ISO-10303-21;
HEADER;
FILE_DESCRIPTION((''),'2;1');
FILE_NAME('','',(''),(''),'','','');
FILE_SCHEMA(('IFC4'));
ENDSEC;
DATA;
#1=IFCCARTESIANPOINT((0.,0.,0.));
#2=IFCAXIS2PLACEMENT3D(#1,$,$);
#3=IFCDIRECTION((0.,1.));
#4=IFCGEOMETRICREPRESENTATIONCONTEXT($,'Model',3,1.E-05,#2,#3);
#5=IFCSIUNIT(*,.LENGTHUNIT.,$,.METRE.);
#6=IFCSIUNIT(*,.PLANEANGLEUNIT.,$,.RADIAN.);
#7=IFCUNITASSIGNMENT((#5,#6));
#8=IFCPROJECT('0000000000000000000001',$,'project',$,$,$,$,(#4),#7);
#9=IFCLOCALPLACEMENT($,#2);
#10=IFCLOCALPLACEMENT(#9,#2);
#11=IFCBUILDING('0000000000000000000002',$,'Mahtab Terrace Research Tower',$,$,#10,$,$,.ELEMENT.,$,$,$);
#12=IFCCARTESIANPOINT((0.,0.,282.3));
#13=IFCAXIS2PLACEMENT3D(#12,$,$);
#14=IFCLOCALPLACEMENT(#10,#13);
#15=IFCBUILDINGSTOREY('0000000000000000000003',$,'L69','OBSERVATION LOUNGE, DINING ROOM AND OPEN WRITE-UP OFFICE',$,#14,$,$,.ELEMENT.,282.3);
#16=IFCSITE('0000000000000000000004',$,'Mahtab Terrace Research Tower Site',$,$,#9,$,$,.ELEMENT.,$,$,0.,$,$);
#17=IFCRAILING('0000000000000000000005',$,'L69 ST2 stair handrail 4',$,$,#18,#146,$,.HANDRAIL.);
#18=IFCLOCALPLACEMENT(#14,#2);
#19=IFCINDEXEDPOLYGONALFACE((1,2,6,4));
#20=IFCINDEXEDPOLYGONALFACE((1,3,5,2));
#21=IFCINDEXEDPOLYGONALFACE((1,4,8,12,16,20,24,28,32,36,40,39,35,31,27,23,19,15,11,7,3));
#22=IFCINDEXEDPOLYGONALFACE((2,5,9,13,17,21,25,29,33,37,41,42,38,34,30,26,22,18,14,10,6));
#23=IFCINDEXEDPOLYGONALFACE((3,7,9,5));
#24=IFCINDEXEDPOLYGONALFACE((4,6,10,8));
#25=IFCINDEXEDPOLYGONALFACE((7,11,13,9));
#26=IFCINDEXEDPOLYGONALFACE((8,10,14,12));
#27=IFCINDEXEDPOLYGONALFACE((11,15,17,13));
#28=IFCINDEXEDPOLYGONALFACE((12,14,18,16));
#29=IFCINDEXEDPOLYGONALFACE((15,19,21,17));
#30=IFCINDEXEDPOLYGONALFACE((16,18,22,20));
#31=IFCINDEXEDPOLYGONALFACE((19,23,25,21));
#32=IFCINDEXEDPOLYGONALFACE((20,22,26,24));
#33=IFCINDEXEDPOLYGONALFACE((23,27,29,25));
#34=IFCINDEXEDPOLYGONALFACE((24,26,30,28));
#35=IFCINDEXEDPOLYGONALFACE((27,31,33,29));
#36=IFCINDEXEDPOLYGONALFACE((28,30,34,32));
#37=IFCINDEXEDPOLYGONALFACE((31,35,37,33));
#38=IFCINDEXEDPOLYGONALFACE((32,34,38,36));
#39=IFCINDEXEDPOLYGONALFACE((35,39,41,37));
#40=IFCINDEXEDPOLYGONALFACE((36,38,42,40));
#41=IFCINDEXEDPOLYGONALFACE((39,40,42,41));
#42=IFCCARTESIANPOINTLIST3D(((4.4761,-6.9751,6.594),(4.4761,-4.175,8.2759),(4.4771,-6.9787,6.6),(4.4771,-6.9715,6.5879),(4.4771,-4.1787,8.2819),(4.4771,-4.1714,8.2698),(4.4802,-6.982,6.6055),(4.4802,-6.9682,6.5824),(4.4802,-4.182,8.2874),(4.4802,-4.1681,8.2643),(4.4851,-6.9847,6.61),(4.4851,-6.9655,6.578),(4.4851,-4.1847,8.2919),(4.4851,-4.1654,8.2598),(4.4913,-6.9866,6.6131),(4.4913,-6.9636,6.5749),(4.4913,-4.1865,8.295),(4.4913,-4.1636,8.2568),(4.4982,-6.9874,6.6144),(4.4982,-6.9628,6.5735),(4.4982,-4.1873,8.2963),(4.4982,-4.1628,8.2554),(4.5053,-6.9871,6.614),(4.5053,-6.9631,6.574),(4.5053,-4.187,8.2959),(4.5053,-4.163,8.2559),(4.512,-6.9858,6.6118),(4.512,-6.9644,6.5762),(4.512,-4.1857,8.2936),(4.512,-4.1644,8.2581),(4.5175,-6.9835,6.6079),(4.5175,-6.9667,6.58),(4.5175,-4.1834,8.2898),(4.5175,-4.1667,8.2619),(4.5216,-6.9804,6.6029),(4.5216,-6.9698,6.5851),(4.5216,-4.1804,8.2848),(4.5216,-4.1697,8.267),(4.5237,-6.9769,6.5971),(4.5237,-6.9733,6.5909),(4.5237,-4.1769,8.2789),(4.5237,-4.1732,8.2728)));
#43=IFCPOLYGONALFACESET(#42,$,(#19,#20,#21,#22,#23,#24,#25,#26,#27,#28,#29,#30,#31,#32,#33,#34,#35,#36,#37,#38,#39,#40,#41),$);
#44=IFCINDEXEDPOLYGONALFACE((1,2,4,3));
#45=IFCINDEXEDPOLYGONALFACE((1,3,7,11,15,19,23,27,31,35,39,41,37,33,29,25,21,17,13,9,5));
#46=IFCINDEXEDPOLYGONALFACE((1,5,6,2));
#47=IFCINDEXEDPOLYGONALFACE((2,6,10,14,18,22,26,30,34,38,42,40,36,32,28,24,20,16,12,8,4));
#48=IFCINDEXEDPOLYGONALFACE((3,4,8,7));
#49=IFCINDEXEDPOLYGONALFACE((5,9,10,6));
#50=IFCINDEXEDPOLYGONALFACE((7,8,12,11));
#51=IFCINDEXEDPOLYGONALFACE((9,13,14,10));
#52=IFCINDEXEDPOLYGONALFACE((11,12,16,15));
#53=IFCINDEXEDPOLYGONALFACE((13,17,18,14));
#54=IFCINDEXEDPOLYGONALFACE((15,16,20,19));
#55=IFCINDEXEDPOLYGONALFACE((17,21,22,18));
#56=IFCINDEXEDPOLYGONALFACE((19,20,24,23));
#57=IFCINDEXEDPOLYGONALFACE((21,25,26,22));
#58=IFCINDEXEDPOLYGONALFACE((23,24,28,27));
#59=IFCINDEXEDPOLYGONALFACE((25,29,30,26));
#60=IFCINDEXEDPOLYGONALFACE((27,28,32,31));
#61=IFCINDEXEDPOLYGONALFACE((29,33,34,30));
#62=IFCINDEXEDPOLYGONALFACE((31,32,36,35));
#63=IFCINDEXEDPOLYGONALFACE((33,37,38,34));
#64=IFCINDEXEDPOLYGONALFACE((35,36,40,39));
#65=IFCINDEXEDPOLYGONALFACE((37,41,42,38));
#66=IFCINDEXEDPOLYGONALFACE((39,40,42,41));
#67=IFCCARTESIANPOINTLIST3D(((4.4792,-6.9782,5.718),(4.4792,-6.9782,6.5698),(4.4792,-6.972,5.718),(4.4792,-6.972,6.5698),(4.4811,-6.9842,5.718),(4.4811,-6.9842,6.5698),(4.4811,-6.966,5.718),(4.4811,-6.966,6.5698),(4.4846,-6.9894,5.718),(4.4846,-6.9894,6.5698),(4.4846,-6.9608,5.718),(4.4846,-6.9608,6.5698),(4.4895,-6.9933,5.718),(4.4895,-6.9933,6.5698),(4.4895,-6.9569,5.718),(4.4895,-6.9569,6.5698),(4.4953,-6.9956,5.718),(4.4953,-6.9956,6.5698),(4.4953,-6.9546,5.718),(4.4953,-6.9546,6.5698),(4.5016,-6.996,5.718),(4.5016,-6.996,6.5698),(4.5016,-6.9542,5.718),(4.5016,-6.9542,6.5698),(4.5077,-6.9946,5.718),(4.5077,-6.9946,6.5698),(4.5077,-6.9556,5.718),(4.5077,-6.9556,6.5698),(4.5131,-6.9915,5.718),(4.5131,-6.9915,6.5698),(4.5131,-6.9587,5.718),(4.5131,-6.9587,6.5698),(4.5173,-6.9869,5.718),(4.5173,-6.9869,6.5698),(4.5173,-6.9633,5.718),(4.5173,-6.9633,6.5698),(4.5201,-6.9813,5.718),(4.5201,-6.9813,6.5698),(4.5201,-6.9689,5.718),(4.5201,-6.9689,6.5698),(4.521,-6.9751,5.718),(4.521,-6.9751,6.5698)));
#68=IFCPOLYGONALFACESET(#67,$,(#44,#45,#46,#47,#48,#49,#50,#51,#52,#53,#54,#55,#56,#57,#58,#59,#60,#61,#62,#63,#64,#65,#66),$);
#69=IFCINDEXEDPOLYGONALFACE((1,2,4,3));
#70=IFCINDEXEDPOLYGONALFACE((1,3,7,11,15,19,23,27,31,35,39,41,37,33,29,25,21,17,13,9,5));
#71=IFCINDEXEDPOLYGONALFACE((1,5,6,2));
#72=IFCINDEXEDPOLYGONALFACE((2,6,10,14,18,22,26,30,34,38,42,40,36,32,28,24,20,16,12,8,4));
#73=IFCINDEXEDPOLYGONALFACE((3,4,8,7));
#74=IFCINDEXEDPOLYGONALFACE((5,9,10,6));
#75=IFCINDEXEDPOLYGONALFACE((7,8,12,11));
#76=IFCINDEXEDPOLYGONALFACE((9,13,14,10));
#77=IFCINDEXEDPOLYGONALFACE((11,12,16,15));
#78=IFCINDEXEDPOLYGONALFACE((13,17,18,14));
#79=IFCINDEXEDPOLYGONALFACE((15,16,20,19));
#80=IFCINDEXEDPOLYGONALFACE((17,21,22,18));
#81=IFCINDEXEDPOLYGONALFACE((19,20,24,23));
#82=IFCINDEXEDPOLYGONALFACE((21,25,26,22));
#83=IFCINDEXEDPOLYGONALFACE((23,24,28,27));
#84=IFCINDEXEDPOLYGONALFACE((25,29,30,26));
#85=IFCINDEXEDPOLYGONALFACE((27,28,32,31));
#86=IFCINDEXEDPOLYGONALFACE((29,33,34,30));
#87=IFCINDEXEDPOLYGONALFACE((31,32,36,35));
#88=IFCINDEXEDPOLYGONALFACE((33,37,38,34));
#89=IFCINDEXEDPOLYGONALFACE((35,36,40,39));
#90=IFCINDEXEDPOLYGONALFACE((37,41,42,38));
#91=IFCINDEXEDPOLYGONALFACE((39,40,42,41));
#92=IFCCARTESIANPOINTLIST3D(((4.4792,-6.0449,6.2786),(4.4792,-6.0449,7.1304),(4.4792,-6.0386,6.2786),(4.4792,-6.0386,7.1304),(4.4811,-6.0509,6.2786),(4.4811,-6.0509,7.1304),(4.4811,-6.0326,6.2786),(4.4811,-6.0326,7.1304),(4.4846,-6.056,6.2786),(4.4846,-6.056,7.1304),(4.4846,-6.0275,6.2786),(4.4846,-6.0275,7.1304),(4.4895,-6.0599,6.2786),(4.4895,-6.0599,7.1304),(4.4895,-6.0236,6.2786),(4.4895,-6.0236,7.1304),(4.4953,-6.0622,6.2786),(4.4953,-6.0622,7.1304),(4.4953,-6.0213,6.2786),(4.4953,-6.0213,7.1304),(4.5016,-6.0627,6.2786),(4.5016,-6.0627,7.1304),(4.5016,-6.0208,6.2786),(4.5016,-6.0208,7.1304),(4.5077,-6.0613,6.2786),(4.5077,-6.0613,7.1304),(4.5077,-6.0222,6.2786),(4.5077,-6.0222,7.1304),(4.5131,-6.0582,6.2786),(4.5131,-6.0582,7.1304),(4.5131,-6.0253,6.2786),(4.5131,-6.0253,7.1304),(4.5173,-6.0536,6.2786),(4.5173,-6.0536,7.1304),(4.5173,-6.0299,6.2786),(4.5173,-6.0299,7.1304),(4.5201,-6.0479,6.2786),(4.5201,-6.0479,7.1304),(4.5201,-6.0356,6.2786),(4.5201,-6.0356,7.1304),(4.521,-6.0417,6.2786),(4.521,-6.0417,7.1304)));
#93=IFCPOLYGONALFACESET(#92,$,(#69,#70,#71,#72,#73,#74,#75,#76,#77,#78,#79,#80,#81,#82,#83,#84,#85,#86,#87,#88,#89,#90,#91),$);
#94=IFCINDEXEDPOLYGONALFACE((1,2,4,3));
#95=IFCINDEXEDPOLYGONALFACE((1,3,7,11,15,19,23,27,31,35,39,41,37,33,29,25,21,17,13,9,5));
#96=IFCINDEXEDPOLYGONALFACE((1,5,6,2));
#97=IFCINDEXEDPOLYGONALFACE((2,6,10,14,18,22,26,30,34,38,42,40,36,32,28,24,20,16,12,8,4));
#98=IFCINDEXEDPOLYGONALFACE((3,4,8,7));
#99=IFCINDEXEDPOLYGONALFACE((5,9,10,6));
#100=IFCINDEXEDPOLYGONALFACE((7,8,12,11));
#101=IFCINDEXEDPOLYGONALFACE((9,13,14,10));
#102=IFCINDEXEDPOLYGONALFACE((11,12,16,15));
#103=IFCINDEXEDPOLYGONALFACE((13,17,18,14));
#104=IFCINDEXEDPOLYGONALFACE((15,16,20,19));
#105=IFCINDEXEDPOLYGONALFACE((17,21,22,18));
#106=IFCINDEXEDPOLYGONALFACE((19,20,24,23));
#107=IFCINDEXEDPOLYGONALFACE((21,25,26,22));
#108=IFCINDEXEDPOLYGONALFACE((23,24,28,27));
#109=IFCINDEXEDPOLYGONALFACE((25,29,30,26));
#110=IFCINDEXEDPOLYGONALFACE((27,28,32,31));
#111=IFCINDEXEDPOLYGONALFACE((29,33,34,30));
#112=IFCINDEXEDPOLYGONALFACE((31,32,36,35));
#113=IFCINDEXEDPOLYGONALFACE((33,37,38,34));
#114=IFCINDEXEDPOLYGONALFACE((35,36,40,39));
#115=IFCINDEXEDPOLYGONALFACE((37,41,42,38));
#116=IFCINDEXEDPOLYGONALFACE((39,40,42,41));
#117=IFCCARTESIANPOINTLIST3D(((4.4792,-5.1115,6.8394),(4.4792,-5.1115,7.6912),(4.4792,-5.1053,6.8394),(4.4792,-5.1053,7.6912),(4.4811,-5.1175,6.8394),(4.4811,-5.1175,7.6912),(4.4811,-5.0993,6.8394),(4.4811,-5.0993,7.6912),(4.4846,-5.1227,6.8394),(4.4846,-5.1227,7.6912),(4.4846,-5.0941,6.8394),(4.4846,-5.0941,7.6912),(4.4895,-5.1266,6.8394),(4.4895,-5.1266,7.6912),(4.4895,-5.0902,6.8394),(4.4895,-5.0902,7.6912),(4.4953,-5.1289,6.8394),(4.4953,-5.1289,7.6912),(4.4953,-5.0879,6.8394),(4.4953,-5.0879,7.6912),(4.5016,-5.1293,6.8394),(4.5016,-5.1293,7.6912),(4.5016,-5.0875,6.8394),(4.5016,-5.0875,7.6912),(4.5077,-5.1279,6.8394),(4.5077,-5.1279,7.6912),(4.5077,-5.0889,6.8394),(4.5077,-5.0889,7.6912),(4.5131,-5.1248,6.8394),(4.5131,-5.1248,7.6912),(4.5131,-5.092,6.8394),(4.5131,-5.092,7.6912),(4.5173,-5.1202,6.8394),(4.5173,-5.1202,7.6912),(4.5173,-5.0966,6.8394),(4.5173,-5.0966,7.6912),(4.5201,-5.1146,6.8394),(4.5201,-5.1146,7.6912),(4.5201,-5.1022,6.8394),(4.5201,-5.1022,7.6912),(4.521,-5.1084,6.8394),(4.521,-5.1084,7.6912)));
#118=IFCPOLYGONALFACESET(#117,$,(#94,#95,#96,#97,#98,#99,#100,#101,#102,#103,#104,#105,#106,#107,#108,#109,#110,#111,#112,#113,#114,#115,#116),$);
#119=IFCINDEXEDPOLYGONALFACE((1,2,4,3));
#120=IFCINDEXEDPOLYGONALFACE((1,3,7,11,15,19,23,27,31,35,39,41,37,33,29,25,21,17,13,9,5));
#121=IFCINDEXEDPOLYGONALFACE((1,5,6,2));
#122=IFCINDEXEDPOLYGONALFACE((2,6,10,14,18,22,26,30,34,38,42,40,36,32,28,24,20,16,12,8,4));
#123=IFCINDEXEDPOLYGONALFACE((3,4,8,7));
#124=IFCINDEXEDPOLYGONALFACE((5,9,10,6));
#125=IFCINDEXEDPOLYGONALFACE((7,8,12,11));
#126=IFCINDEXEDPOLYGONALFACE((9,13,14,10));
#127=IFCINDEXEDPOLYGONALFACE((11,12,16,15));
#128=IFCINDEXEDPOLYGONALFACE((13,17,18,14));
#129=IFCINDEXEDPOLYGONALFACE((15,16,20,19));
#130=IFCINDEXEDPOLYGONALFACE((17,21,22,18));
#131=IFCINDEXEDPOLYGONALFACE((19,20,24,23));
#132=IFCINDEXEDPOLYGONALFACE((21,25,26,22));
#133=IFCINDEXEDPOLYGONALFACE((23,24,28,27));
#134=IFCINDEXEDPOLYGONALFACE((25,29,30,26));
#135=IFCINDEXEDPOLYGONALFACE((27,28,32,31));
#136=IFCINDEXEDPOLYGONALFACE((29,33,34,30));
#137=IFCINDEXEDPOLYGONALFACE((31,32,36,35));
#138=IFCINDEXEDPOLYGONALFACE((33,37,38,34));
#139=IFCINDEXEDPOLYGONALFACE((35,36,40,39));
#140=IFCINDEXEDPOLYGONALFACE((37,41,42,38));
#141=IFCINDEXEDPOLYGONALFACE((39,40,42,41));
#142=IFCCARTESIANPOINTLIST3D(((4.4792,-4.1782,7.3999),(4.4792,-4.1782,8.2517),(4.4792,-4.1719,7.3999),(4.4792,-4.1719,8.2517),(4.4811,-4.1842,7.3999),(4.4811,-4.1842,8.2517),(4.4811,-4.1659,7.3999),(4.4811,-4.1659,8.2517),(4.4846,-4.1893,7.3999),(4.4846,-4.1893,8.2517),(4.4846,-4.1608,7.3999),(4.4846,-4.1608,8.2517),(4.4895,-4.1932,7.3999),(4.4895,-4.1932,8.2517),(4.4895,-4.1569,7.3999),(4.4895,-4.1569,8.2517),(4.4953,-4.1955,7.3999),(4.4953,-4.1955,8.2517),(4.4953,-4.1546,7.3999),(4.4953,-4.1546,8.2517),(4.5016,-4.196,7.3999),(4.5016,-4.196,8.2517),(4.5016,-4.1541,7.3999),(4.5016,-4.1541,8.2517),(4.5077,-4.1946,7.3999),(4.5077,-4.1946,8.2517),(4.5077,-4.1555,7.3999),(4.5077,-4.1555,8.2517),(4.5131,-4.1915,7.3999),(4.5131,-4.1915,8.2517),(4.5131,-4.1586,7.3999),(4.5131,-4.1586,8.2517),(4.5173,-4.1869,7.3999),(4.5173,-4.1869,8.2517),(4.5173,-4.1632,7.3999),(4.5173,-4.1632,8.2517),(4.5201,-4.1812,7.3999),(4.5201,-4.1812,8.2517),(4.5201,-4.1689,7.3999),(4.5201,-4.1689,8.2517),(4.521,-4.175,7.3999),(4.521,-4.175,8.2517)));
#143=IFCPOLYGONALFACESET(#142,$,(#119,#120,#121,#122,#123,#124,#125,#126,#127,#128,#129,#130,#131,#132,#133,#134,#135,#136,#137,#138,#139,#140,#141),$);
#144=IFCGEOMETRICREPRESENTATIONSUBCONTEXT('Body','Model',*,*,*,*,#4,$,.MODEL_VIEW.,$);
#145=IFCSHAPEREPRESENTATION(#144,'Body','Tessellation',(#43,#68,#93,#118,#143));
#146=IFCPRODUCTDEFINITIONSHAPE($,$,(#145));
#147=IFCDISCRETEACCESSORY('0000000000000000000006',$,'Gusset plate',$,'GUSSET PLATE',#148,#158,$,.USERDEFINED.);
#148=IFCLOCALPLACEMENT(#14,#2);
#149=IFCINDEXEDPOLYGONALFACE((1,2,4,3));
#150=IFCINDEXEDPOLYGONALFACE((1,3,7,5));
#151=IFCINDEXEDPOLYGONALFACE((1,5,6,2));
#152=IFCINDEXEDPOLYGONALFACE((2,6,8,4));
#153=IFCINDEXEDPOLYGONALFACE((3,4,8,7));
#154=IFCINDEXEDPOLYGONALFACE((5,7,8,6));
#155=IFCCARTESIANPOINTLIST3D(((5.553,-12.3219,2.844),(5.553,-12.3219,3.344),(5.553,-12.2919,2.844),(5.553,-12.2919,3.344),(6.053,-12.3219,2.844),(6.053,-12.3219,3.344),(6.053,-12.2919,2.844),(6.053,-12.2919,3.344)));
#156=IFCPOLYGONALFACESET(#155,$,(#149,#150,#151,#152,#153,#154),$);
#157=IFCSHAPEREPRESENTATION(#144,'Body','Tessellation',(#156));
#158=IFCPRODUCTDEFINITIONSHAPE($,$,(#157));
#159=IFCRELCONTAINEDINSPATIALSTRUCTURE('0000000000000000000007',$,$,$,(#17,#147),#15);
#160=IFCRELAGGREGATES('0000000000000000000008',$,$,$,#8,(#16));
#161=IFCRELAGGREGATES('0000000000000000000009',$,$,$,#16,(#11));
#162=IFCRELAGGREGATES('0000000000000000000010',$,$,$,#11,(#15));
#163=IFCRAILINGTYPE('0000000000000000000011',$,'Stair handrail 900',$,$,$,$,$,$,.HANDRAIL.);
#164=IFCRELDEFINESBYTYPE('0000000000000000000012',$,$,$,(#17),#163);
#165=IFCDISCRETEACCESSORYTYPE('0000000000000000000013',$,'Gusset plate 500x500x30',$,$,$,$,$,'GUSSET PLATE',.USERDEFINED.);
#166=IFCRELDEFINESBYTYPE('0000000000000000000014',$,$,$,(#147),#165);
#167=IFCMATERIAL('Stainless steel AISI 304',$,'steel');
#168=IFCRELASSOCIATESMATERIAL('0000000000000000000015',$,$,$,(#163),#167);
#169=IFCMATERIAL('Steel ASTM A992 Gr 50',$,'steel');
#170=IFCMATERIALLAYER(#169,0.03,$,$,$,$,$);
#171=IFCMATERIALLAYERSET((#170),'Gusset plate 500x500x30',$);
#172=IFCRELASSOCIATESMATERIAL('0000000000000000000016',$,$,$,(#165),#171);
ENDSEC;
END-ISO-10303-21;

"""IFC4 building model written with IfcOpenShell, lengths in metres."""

from ifc_helpers import new_model, si_unit, direction, frame, origin, origin_2d, place, context, subcontext, project, spatial, rectangle, circle, extrude, material, layer, layer_set, type_object, element, save


model = new_model("IFC4")

# Units and contexts
model_context = context("Model", 3, precision=1e-05, world=origin(), true_north=direction((0.0, 1.0)))
body_context = subcontext(model_context, "Body", "Model", "MODEL_VIEW")
ifc_project = project(units=[si_unit("LENGTHUNIT", "METRE"), si_unit("PLANEANGLEUNIT", "RADIAN")], contexts=[model_context])

# Site, building, storey
site_placement = place(None, origin())
site = spatial("IfcSite", under=ifc_project, at=site_placement, Name="Mahtab Terrace Research Tower Site", CompositionType="ELEMENT", RefElevation=0.0)
building_placement = place(site_placement, origin())
building = spatial("IfcBuilding", under=site, at=building_placement, Name="Mahtab Terrace Research Tower", CompositionType="ELEMENT")
storey_placement = place(building_placement, frame((0.0, 0.0, 282.3)))
storey = spatial("IfcBuildingStorey", under=building, at=storey_placement, Name="L69", Description="OBSERVATION LOUNGE, DINING ROOM AND OPEN WRITE-UP OFFICE", CompositionType="ELEMENT", Elevation=282.3)

# Railing
ifc_material_1 = material(Name="Stainless steel AISI 304", Category="steel")
railing_type_1 = type_object("IfcRailingType", Name="Stair handrail 900", PredefinedType="HANDRAIL", material=ifc_material_1)
railing_1_placement = place(storey_placement, frame((4.5, -6.9751, 5.718)))
element("IfcRailing", 1, at=railing_1_placement, inside=storey, type_object=railing_type_1, Name="L69 ST2 stair handrail 4", PredefinedType="HANDRAIL", context=body_context, shape_type="SweptSolid", body=[
    extrude(circle(Radius=0.0239, at=origin_2d()), frame((0.0, 0.0, 0.876), z_axis=(0.0, 0.857242, 0.514913), x_axis=(-1.0, 0.0, 0.0)), (0.0, 0.0, 1.0), 3.2664),
    extrude(circle(Radius=0.021, at=origin_2d()), origin(), (0.0, 0.0, 1.0), 0.8518),
    extrude(circle(Radius=0.021, at=origin_2d()), frame((0.0, 0.9333, 0.5605)), (0.0, 0.0, 1.0), 0.8518),
    extrude(circle(Radius=0.021, at=origin_2d()), frame((0.0, 1.8667, 1.1213)), (0.0, 0.0, 1.0), 0.8518),
    extrude(circle(Radius=0.021, at=origin_2d()), frame((0.0, 2.8, 1.6819)), (0.0, 0.0, 1.0), 0.8518),
])

# Discrete accessory
ifc_material_2 = material(Name="Steel ASTM A992 Gr 50", Category="steel")
ifc_layer_1 = layer(ifc_material_2, 0.03)
ifc_layer_set_1 = layer_set([ifc_layer_1], Name="Gusset plate 500x500x30")
discrete_accessory_type = type_object("IfcDiscreteAccessoryType", Name="Gusset plate 500x500x30", ElementType="GUSSET PLATE", PredefinedType="USERDEFINED", material=ifc_layer_set_1)
discrete_accessory_placement = place(storey_placement, frame((5.803, -12.3069, 2.844), z_axis=(0.0, 0.0, 1.0), x_axis=(1.0, 0.0, 0.0)))
element("IfcDiscreteAccessory", 2, at=discrete_accessory_placement, inside=storey, type_object=discrete_accessory_type, Name="Gusset plate", ObjectType="GUSSET PLATE", PredefinedType="USERDEFINED", context=body_context, shape_type="SweptSolid", body=[
    extrude(rectangle(XDim=0.5, YDim=0.03, at=origin_2d()), origin(), (0.0, 0.0, 1.0), 0.5),
])

save(model, "model.ifc")
